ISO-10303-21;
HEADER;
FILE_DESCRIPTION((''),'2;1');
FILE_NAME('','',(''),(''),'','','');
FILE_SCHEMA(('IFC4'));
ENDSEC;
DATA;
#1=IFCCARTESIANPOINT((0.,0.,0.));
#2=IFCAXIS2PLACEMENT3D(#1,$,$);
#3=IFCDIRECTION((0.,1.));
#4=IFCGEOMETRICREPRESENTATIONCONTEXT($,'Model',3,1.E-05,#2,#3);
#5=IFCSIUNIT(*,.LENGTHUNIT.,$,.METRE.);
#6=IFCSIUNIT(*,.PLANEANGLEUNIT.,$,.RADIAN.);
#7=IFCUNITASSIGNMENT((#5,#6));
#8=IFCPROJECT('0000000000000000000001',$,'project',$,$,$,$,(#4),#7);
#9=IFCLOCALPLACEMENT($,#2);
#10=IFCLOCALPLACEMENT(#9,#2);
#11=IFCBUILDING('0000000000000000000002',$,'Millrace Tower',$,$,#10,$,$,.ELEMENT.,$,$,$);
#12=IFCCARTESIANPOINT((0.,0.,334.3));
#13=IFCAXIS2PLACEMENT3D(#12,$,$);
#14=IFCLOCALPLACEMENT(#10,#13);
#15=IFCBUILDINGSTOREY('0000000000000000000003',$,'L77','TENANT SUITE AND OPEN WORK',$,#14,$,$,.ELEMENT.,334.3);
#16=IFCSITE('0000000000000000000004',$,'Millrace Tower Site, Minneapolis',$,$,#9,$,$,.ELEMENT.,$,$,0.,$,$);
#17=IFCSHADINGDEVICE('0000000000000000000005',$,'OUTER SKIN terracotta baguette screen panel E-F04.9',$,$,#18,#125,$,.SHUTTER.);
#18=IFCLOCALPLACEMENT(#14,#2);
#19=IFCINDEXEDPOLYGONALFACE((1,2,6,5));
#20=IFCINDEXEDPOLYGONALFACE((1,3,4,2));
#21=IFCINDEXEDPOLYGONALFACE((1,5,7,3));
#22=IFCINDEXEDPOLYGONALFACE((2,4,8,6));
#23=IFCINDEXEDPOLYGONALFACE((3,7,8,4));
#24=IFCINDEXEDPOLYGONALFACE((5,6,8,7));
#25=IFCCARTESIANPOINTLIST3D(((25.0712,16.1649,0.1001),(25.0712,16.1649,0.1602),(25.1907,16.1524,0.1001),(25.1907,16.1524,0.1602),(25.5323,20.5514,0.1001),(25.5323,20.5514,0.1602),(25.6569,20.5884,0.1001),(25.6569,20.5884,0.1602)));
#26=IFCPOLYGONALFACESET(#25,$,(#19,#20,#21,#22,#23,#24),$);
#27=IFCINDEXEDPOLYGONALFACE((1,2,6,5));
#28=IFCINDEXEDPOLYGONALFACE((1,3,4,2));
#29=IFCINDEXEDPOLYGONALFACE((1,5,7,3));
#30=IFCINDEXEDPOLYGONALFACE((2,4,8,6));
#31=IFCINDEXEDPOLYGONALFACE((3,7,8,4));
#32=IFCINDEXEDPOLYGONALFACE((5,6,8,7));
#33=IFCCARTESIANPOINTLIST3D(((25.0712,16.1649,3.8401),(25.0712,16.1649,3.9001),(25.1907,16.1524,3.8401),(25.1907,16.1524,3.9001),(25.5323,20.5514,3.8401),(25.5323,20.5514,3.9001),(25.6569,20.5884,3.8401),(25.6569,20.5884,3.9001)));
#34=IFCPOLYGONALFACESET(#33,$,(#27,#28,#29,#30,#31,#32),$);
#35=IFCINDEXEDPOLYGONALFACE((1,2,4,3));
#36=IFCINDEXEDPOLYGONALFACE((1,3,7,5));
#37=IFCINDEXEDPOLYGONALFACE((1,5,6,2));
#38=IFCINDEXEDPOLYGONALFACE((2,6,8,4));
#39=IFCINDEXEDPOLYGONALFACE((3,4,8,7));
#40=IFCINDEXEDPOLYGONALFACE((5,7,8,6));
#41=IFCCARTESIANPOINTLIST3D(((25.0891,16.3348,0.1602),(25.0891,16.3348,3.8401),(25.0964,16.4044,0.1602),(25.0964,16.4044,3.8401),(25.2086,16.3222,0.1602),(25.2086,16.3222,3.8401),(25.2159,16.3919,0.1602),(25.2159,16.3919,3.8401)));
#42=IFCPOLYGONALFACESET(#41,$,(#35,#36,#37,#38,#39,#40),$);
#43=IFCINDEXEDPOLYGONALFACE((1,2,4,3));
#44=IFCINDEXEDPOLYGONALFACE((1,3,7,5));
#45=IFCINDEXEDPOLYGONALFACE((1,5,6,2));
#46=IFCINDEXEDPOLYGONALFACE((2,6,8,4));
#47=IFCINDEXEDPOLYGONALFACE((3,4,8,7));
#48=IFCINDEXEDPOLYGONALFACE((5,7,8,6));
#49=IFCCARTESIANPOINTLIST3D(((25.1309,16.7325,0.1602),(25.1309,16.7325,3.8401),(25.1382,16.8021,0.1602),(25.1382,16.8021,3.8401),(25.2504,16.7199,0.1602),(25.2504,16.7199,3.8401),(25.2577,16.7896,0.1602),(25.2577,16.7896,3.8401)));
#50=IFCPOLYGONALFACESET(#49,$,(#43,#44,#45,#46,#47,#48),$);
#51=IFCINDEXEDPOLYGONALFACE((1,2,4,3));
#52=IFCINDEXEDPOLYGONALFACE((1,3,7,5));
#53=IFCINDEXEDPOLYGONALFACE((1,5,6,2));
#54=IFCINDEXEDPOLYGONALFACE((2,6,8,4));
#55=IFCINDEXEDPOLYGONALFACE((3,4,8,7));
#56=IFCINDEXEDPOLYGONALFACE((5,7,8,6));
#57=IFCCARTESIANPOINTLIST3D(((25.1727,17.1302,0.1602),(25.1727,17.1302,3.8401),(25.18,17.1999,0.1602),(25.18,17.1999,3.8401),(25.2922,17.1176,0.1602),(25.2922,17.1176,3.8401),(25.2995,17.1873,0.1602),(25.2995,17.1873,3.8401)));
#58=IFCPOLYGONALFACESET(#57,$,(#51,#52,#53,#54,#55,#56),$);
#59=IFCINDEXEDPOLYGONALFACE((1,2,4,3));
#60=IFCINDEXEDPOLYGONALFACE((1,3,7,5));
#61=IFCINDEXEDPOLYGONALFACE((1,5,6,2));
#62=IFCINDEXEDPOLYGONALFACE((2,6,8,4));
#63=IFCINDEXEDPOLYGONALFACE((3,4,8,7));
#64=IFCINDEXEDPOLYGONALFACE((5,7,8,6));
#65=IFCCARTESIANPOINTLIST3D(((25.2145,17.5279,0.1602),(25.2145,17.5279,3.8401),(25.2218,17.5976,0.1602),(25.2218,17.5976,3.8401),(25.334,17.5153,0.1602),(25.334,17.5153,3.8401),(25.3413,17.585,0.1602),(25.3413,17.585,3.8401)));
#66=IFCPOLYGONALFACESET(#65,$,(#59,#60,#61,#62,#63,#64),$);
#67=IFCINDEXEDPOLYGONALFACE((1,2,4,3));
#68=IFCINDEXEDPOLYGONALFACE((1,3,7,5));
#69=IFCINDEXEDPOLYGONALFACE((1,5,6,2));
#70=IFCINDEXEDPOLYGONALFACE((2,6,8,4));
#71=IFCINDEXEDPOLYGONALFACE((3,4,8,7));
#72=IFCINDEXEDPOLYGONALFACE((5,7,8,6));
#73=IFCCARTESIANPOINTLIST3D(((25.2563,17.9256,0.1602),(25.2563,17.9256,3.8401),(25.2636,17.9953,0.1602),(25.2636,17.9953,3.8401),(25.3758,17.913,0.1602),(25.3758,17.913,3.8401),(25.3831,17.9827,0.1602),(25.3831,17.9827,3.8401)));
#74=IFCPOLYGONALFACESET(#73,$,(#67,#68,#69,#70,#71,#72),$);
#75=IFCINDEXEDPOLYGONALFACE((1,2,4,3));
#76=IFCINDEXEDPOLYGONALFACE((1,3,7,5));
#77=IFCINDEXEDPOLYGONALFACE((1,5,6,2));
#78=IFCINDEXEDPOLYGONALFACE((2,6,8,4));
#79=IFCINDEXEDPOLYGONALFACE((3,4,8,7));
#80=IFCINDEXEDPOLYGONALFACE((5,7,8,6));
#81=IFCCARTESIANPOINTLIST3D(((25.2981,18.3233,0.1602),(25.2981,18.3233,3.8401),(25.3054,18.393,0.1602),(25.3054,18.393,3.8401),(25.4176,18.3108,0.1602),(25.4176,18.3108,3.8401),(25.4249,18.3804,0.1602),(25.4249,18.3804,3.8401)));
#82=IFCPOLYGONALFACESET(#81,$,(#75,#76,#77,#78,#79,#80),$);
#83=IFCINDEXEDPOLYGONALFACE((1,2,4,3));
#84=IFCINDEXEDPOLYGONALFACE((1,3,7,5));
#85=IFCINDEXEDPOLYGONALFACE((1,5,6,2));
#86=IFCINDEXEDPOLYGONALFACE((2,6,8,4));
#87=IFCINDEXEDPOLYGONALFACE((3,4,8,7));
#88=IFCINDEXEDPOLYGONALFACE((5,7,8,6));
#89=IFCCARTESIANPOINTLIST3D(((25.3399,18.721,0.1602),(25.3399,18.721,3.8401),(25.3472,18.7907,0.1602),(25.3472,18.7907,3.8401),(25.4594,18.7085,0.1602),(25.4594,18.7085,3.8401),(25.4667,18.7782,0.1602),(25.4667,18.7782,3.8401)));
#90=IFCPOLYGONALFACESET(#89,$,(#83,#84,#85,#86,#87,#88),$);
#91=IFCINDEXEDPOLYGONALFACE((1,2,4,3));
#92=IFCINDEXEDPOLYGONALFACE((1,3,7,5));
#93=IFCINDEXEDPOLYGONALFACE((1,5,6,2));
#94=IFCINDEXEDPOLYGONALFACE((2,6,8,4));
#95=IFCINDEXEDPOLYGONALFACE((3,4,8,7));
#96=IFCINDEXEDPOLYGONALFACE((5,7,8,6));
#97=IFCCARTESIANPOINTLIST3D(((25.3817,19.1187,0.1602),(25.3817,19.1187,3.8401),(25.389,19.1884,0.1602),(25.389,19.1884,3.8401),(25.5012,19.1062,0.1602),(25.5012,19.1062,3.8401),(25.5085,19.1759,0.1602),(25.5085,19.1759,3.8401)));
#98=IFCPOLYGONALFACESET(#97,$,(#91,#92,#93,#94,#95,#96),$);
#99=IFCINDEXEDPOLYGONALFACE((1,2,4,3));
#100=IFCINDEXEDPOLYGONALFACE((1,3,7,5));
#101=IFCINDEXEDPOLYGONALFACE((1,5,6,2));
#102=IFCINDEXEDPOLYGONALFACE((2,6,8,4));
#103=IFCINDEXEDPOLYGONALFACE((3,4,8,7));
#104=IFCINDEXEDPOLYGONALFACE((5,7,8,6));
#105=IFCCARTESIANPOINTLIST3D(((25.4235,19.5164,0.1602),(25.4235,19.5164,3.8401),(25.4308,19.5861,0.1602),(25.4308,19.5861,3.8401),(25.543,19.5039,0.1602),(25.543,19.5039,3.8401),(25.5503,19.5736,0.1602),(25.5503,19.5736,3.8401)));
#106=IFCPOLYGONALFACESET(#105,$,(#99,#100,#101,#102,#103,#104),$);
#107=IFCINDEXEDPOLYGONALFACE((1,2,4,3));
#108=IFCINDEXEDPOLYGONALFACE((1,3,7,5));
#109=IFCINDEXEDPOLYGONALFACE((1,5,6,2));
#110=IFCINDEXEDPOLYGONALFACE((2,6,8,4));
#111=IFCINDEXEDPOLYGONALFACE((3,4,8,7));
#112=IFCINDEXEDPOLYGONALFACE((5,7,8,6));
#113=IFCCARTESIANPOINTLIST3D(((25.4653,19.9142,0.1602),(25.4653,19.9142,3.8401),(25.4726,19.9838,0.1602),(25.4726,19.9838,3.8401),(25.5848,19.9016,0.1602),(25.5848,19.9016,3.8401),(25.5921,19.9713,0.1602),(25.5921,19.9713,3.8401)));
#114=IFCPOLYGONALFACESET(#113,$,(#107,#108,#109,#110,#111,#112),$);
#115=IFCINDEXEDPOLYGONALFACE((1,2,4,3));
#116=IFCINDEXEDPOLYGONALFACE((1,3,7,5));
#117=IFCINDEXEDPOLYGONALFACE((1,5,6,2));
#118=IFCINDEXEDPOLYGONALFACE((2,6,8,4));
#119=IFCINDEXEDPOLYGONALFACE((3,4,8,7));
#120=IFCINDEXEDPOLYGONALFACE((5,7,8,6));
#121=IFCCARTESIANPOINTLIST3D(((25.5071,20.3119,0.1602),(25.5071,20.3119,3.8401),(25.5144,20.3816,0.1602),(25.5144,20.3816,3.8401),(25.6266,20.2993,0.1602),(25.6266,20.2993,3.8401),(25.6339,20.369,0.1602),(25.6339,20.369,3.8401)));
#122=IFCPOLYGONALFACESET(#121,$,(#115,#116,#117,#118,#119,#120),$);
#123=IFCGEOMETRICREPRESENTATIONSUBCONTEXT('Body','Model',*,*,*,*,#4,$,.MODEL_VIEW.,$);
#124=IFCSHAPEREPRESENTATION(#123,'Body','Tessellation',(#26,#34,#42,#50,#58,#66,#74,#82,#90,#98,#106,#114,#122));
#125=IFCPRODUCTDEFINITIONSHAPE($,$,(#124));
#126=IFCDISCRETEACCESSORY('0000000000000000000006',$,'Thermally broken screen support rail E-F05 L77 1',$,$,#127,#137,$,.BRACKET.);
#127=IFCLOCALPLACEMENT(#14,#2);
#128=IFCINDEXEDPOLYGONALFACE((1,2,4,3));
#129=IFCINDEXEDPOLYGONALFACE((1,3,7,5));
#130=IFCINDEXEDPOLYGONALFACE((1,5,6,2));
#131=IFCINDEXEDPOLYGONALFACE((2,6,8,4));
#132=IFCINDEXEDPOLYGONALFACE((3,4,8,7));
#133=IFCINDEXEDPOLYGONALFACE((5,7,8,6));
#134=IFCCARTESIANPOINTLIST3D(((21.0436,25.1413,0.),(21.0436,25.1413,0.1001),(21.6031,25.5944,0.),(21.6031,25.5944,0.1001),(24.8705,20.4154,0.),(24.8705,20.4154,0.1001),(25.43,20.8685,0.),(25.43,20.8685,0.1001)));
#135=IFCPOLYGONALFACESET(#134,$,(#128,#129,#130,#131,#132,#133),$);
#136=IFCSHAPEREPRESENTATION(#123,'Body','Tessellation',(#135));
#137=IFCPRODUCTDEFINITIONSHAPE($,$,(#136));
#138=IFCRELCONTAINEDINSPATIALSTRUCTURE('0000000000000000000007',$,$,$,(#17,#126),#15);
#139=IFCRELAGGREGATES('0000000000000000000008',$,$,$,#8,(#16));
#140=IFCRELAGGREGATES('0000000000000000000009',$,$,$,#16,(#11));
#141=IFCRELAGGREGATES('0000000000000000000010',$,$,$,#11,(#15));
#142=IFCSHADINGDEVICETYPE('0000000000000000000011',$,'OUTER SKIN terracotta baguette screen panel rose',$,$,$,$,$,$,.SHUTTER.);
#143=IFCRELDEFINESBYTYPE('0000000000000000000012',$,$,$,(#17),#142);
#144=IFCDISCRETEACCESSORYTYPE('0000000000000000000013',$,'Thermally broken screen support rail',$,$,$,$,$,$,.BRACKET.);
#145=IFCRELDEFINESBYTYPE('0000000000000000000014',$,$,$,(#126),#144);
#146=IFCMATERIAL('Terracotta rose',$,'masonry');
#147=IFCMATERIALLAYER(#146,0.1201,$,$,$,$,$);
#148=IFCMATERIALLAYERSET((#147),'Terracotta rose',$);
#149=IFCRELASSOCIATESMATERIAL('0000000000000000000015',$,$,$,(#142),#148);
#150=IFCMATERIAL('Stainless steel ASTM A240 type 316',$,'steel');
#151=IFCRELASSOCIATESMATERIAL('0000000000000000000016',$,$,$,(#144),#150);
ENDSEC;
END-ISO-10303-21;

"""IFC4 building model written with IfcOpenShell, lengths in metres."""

from ifc_helpers import new_model, entity, si_unit, direction, frame, frame_2d, origin, origin_2d, place, context, subcontext, project, spatial, rectangle, extrude, source, transform, mapped, material, layer, layer_set, type_object, element, save


model = new_model("IFC4")

# Units and contexts
model_context = context("Model", 3, precision=1e-05, world=origin(), true_north=direction((0.0, 1.0)))
body_context = subcontext(model_context, "Body", "Model", "MODEL_VIEW")
ifc_project = project(units=[si_unit("LENGTHUNIT", "METRE"), si_unit("PLANEANGLEUNIT", "RADIAN")], contexts=[model_context])

# Site, building, storey
site_placement = place(None, origin())
site = spatial("IfcSite", under=ifc_project, at=site_placement, Name="Millrace Tower Site, Minneapolis", CompositionType="ELEMENT", RefElevation=0.0)
building_placement = place(site_placement, origin())
building = spatial("IfcBuilding", under=site, at=building_placement, Name="Millrace Tower", CompositionType="ELEMENT")
storey_placement = place(building_placement, frame((0.0, 0.0, 334.3)))
storey = spatial("IfcBuildingStorey", under=building, at=storey_placement, Name="L77", Description="TENANT SUITE AND OPEN WORK", CompositionType="ELEMENT", Elevation=334.3)

# Shading device
ifc_material_1 = material(Name="Terracotta rose", Category="masonry")
ifc_layer_1 = layer(ifc_material_1, 0.1201)
ifc_layer_set_1 = layer_set([ifc_layer_1], Name="Terracotta rose")
shading_device_type = type_object("IfcShadingDeviceType", Name="OUTER SKIN terracotta baguette screen panel rose", PredefinedType="SHUTTER", material=ifc_layer_set_1)
cartesian_point_1 = entity("IfcCartesianPoint", [-2.2178, 0.0601])
shared_polyline_1 = entity("IfcPolyline", [cartesian_point_1, entity("IfcCartesianPoint", [2.1929, 0.0601]), entity("IfcCartesianPoint", [2.2427, -0.0601]), entity("IfcCartesianPoint", [-2.2178, -0.0601]), cartesian_point_1])
shared_shape_1 = source(origin(), body_context, "Body", "SweptSolid", [
    entity("IfcExtrudedAreaSolid", entity("IfcArbitraryClosedProfileDef", "AREA", None, shared_polyline_1), entity("IfcAxis2Placement3D", entity("IfcCartesianPoint", [0.0, 0.0, 0.0])), entity("IfcDirection", [0.0, 0.0, 1.0]), 0.0601),
    entity("IfcExtrudedAreaSolid", entity("IfcArbitraryClosedProfileDef", "AREA", None, shared_polyline_1), entity("IfcAxis2Placement3D", entity("IfcCartesianPoint", [0.0, 0.0, 3.74])), entity("IfcDirection", [0.0, 0.0, 1.0]), 0.0601),
    extrude(rectangle(XDim=0.0701, YDim=0.1201, at=frame_2d((-2.012, 0.0))), frame((0.0, 0.0, 0.0601)), (0.0, 0.0, 1.0), 3.6799),
    extrude(rectangle(XDim=0.0701, YDim=0.1201, at=frame_2d((-1.6121, 0.0))), frame((0.0, 0.0, 0.0601)), (0.0, 0.0, 1.0), 3.6799),
    extrude(rectangle(XDim=0.0701, YDim=0.1201, at=frame_2d((-1.2122, 0.0))), frame((0.0, 0.0, 0.0601)), (0.0, 0.0, 1.0), 3.6799),
    extrude(rectangle(XDim=0.0701, YDim=0.1201, at=frame_2d((-0.8123, 0.0))), frame((0.0, 0.0, 0.0601)), (0.0, 0.0, 1.0), 3.6799),
    extrude(rectangle(XDim=0.0701, YDim=0.1201, at=frame_2d((-0.4124, 0.0))), frame((0.0, 0.0, 0.0601)), (0.0, 0.0, 1.0), 3.6799),
    extrude(rectangle(XDim=0.0701, YDim=0.1201, at=frame_2d((-0.0125, 0.0))), frame((0.0, 0.0, 0.0601)), (0.0, 0.0, 1.0), 3.6799),
    extrude(rectangle(XDim=0.0701, YDim=0.1201, at=frame_2d((0.3875, 0.0))), frame((0.0, 0.0, 0.0601)), (0.0, 0.0, 1.0), 3.6799),
    extrude(rectangle(XDim=0.0701, YDim=0.1201, at=frame_2d((0.7874, 0.0))), frame((0.0, 0.0, 0.0601)), (0.0, 0.0, 1.0), 3.6799),
    extrude(rectangle(XDim=0.0701, YDim=0.1201, at=frame_2d((1.1873, 0.0))), frame((0.0, 0.0, 0.0601)), (0.0, 0.0, 1.0), 3.6799),
    extrude(rectangle(XDim=0.0701, YDim=0.1201, at=frame_2d((1.5872, 0.0))), frame((0.0, 0.0, 0.0601)), (0.0, 0.0, 1.0), 3.6799),
    extrude(rectangle(XDim=0.0701, YDim=0.1201, at=frame_2d((1.9871, 0.0))), frame((0.0, 0.0, 0.0601)), (0.0, 0.0, 1.0), 3.6799),
])
shading_device_1_placement = place(storey_placement, frame((25.3628, 18.3643, 0.1001), z_axis=(0.0, 0.0, 1.0), x_axis=(0.104528, 0.994522, 0.0)))
element("IfcShadingDevice", 1, at=shading_device_1_placement, inside=storey, type_object=shading_device_type, Name="OUTER SKIN terracotta baguette screen panel E-F04.9", PredefinedType="SHUTTER", context=body_context, shape_type="MappedRepresentation", body=[
    mapped(shared_shape_1, transform((0.0, 0.0, 0.0), scale=1.0)),
])

# Discrete accessory
ifc_material_2 = material(Name="Stainless steel ASTM A240 type 316", Category="steel")
discrete_accessory_type = type_object("IfcDiscreteAccessoryType", Name="Thermally broken screen support rail", PredefinedType="BRACKET", material=ifc_material_2)
discrete_accessory_placement = place(storey_placement, frame((23.2368, 23.0049, 0.0), z_axis=(0.0, 0.0, 1.0), x_axis=(-0.62932, 0.777146, 0.0)))
element("IfcDiscreteAccessory", 2, at=discrete_accessory_placement, inside=storey, type_object=discrete_accessory_type, Name="Thermally broken screen support rail E-F05 L77 1", PredefinedType="BRACKET", context=body_context, shape_type="SweptSolid", body=[
    extrude(rectangle(XDim=6.0811, YDim=0.72, at=origin_2d()), origin(), (0.0, 0.0, 1.0), 0.1001),
])

save(model, "model.ifc")
